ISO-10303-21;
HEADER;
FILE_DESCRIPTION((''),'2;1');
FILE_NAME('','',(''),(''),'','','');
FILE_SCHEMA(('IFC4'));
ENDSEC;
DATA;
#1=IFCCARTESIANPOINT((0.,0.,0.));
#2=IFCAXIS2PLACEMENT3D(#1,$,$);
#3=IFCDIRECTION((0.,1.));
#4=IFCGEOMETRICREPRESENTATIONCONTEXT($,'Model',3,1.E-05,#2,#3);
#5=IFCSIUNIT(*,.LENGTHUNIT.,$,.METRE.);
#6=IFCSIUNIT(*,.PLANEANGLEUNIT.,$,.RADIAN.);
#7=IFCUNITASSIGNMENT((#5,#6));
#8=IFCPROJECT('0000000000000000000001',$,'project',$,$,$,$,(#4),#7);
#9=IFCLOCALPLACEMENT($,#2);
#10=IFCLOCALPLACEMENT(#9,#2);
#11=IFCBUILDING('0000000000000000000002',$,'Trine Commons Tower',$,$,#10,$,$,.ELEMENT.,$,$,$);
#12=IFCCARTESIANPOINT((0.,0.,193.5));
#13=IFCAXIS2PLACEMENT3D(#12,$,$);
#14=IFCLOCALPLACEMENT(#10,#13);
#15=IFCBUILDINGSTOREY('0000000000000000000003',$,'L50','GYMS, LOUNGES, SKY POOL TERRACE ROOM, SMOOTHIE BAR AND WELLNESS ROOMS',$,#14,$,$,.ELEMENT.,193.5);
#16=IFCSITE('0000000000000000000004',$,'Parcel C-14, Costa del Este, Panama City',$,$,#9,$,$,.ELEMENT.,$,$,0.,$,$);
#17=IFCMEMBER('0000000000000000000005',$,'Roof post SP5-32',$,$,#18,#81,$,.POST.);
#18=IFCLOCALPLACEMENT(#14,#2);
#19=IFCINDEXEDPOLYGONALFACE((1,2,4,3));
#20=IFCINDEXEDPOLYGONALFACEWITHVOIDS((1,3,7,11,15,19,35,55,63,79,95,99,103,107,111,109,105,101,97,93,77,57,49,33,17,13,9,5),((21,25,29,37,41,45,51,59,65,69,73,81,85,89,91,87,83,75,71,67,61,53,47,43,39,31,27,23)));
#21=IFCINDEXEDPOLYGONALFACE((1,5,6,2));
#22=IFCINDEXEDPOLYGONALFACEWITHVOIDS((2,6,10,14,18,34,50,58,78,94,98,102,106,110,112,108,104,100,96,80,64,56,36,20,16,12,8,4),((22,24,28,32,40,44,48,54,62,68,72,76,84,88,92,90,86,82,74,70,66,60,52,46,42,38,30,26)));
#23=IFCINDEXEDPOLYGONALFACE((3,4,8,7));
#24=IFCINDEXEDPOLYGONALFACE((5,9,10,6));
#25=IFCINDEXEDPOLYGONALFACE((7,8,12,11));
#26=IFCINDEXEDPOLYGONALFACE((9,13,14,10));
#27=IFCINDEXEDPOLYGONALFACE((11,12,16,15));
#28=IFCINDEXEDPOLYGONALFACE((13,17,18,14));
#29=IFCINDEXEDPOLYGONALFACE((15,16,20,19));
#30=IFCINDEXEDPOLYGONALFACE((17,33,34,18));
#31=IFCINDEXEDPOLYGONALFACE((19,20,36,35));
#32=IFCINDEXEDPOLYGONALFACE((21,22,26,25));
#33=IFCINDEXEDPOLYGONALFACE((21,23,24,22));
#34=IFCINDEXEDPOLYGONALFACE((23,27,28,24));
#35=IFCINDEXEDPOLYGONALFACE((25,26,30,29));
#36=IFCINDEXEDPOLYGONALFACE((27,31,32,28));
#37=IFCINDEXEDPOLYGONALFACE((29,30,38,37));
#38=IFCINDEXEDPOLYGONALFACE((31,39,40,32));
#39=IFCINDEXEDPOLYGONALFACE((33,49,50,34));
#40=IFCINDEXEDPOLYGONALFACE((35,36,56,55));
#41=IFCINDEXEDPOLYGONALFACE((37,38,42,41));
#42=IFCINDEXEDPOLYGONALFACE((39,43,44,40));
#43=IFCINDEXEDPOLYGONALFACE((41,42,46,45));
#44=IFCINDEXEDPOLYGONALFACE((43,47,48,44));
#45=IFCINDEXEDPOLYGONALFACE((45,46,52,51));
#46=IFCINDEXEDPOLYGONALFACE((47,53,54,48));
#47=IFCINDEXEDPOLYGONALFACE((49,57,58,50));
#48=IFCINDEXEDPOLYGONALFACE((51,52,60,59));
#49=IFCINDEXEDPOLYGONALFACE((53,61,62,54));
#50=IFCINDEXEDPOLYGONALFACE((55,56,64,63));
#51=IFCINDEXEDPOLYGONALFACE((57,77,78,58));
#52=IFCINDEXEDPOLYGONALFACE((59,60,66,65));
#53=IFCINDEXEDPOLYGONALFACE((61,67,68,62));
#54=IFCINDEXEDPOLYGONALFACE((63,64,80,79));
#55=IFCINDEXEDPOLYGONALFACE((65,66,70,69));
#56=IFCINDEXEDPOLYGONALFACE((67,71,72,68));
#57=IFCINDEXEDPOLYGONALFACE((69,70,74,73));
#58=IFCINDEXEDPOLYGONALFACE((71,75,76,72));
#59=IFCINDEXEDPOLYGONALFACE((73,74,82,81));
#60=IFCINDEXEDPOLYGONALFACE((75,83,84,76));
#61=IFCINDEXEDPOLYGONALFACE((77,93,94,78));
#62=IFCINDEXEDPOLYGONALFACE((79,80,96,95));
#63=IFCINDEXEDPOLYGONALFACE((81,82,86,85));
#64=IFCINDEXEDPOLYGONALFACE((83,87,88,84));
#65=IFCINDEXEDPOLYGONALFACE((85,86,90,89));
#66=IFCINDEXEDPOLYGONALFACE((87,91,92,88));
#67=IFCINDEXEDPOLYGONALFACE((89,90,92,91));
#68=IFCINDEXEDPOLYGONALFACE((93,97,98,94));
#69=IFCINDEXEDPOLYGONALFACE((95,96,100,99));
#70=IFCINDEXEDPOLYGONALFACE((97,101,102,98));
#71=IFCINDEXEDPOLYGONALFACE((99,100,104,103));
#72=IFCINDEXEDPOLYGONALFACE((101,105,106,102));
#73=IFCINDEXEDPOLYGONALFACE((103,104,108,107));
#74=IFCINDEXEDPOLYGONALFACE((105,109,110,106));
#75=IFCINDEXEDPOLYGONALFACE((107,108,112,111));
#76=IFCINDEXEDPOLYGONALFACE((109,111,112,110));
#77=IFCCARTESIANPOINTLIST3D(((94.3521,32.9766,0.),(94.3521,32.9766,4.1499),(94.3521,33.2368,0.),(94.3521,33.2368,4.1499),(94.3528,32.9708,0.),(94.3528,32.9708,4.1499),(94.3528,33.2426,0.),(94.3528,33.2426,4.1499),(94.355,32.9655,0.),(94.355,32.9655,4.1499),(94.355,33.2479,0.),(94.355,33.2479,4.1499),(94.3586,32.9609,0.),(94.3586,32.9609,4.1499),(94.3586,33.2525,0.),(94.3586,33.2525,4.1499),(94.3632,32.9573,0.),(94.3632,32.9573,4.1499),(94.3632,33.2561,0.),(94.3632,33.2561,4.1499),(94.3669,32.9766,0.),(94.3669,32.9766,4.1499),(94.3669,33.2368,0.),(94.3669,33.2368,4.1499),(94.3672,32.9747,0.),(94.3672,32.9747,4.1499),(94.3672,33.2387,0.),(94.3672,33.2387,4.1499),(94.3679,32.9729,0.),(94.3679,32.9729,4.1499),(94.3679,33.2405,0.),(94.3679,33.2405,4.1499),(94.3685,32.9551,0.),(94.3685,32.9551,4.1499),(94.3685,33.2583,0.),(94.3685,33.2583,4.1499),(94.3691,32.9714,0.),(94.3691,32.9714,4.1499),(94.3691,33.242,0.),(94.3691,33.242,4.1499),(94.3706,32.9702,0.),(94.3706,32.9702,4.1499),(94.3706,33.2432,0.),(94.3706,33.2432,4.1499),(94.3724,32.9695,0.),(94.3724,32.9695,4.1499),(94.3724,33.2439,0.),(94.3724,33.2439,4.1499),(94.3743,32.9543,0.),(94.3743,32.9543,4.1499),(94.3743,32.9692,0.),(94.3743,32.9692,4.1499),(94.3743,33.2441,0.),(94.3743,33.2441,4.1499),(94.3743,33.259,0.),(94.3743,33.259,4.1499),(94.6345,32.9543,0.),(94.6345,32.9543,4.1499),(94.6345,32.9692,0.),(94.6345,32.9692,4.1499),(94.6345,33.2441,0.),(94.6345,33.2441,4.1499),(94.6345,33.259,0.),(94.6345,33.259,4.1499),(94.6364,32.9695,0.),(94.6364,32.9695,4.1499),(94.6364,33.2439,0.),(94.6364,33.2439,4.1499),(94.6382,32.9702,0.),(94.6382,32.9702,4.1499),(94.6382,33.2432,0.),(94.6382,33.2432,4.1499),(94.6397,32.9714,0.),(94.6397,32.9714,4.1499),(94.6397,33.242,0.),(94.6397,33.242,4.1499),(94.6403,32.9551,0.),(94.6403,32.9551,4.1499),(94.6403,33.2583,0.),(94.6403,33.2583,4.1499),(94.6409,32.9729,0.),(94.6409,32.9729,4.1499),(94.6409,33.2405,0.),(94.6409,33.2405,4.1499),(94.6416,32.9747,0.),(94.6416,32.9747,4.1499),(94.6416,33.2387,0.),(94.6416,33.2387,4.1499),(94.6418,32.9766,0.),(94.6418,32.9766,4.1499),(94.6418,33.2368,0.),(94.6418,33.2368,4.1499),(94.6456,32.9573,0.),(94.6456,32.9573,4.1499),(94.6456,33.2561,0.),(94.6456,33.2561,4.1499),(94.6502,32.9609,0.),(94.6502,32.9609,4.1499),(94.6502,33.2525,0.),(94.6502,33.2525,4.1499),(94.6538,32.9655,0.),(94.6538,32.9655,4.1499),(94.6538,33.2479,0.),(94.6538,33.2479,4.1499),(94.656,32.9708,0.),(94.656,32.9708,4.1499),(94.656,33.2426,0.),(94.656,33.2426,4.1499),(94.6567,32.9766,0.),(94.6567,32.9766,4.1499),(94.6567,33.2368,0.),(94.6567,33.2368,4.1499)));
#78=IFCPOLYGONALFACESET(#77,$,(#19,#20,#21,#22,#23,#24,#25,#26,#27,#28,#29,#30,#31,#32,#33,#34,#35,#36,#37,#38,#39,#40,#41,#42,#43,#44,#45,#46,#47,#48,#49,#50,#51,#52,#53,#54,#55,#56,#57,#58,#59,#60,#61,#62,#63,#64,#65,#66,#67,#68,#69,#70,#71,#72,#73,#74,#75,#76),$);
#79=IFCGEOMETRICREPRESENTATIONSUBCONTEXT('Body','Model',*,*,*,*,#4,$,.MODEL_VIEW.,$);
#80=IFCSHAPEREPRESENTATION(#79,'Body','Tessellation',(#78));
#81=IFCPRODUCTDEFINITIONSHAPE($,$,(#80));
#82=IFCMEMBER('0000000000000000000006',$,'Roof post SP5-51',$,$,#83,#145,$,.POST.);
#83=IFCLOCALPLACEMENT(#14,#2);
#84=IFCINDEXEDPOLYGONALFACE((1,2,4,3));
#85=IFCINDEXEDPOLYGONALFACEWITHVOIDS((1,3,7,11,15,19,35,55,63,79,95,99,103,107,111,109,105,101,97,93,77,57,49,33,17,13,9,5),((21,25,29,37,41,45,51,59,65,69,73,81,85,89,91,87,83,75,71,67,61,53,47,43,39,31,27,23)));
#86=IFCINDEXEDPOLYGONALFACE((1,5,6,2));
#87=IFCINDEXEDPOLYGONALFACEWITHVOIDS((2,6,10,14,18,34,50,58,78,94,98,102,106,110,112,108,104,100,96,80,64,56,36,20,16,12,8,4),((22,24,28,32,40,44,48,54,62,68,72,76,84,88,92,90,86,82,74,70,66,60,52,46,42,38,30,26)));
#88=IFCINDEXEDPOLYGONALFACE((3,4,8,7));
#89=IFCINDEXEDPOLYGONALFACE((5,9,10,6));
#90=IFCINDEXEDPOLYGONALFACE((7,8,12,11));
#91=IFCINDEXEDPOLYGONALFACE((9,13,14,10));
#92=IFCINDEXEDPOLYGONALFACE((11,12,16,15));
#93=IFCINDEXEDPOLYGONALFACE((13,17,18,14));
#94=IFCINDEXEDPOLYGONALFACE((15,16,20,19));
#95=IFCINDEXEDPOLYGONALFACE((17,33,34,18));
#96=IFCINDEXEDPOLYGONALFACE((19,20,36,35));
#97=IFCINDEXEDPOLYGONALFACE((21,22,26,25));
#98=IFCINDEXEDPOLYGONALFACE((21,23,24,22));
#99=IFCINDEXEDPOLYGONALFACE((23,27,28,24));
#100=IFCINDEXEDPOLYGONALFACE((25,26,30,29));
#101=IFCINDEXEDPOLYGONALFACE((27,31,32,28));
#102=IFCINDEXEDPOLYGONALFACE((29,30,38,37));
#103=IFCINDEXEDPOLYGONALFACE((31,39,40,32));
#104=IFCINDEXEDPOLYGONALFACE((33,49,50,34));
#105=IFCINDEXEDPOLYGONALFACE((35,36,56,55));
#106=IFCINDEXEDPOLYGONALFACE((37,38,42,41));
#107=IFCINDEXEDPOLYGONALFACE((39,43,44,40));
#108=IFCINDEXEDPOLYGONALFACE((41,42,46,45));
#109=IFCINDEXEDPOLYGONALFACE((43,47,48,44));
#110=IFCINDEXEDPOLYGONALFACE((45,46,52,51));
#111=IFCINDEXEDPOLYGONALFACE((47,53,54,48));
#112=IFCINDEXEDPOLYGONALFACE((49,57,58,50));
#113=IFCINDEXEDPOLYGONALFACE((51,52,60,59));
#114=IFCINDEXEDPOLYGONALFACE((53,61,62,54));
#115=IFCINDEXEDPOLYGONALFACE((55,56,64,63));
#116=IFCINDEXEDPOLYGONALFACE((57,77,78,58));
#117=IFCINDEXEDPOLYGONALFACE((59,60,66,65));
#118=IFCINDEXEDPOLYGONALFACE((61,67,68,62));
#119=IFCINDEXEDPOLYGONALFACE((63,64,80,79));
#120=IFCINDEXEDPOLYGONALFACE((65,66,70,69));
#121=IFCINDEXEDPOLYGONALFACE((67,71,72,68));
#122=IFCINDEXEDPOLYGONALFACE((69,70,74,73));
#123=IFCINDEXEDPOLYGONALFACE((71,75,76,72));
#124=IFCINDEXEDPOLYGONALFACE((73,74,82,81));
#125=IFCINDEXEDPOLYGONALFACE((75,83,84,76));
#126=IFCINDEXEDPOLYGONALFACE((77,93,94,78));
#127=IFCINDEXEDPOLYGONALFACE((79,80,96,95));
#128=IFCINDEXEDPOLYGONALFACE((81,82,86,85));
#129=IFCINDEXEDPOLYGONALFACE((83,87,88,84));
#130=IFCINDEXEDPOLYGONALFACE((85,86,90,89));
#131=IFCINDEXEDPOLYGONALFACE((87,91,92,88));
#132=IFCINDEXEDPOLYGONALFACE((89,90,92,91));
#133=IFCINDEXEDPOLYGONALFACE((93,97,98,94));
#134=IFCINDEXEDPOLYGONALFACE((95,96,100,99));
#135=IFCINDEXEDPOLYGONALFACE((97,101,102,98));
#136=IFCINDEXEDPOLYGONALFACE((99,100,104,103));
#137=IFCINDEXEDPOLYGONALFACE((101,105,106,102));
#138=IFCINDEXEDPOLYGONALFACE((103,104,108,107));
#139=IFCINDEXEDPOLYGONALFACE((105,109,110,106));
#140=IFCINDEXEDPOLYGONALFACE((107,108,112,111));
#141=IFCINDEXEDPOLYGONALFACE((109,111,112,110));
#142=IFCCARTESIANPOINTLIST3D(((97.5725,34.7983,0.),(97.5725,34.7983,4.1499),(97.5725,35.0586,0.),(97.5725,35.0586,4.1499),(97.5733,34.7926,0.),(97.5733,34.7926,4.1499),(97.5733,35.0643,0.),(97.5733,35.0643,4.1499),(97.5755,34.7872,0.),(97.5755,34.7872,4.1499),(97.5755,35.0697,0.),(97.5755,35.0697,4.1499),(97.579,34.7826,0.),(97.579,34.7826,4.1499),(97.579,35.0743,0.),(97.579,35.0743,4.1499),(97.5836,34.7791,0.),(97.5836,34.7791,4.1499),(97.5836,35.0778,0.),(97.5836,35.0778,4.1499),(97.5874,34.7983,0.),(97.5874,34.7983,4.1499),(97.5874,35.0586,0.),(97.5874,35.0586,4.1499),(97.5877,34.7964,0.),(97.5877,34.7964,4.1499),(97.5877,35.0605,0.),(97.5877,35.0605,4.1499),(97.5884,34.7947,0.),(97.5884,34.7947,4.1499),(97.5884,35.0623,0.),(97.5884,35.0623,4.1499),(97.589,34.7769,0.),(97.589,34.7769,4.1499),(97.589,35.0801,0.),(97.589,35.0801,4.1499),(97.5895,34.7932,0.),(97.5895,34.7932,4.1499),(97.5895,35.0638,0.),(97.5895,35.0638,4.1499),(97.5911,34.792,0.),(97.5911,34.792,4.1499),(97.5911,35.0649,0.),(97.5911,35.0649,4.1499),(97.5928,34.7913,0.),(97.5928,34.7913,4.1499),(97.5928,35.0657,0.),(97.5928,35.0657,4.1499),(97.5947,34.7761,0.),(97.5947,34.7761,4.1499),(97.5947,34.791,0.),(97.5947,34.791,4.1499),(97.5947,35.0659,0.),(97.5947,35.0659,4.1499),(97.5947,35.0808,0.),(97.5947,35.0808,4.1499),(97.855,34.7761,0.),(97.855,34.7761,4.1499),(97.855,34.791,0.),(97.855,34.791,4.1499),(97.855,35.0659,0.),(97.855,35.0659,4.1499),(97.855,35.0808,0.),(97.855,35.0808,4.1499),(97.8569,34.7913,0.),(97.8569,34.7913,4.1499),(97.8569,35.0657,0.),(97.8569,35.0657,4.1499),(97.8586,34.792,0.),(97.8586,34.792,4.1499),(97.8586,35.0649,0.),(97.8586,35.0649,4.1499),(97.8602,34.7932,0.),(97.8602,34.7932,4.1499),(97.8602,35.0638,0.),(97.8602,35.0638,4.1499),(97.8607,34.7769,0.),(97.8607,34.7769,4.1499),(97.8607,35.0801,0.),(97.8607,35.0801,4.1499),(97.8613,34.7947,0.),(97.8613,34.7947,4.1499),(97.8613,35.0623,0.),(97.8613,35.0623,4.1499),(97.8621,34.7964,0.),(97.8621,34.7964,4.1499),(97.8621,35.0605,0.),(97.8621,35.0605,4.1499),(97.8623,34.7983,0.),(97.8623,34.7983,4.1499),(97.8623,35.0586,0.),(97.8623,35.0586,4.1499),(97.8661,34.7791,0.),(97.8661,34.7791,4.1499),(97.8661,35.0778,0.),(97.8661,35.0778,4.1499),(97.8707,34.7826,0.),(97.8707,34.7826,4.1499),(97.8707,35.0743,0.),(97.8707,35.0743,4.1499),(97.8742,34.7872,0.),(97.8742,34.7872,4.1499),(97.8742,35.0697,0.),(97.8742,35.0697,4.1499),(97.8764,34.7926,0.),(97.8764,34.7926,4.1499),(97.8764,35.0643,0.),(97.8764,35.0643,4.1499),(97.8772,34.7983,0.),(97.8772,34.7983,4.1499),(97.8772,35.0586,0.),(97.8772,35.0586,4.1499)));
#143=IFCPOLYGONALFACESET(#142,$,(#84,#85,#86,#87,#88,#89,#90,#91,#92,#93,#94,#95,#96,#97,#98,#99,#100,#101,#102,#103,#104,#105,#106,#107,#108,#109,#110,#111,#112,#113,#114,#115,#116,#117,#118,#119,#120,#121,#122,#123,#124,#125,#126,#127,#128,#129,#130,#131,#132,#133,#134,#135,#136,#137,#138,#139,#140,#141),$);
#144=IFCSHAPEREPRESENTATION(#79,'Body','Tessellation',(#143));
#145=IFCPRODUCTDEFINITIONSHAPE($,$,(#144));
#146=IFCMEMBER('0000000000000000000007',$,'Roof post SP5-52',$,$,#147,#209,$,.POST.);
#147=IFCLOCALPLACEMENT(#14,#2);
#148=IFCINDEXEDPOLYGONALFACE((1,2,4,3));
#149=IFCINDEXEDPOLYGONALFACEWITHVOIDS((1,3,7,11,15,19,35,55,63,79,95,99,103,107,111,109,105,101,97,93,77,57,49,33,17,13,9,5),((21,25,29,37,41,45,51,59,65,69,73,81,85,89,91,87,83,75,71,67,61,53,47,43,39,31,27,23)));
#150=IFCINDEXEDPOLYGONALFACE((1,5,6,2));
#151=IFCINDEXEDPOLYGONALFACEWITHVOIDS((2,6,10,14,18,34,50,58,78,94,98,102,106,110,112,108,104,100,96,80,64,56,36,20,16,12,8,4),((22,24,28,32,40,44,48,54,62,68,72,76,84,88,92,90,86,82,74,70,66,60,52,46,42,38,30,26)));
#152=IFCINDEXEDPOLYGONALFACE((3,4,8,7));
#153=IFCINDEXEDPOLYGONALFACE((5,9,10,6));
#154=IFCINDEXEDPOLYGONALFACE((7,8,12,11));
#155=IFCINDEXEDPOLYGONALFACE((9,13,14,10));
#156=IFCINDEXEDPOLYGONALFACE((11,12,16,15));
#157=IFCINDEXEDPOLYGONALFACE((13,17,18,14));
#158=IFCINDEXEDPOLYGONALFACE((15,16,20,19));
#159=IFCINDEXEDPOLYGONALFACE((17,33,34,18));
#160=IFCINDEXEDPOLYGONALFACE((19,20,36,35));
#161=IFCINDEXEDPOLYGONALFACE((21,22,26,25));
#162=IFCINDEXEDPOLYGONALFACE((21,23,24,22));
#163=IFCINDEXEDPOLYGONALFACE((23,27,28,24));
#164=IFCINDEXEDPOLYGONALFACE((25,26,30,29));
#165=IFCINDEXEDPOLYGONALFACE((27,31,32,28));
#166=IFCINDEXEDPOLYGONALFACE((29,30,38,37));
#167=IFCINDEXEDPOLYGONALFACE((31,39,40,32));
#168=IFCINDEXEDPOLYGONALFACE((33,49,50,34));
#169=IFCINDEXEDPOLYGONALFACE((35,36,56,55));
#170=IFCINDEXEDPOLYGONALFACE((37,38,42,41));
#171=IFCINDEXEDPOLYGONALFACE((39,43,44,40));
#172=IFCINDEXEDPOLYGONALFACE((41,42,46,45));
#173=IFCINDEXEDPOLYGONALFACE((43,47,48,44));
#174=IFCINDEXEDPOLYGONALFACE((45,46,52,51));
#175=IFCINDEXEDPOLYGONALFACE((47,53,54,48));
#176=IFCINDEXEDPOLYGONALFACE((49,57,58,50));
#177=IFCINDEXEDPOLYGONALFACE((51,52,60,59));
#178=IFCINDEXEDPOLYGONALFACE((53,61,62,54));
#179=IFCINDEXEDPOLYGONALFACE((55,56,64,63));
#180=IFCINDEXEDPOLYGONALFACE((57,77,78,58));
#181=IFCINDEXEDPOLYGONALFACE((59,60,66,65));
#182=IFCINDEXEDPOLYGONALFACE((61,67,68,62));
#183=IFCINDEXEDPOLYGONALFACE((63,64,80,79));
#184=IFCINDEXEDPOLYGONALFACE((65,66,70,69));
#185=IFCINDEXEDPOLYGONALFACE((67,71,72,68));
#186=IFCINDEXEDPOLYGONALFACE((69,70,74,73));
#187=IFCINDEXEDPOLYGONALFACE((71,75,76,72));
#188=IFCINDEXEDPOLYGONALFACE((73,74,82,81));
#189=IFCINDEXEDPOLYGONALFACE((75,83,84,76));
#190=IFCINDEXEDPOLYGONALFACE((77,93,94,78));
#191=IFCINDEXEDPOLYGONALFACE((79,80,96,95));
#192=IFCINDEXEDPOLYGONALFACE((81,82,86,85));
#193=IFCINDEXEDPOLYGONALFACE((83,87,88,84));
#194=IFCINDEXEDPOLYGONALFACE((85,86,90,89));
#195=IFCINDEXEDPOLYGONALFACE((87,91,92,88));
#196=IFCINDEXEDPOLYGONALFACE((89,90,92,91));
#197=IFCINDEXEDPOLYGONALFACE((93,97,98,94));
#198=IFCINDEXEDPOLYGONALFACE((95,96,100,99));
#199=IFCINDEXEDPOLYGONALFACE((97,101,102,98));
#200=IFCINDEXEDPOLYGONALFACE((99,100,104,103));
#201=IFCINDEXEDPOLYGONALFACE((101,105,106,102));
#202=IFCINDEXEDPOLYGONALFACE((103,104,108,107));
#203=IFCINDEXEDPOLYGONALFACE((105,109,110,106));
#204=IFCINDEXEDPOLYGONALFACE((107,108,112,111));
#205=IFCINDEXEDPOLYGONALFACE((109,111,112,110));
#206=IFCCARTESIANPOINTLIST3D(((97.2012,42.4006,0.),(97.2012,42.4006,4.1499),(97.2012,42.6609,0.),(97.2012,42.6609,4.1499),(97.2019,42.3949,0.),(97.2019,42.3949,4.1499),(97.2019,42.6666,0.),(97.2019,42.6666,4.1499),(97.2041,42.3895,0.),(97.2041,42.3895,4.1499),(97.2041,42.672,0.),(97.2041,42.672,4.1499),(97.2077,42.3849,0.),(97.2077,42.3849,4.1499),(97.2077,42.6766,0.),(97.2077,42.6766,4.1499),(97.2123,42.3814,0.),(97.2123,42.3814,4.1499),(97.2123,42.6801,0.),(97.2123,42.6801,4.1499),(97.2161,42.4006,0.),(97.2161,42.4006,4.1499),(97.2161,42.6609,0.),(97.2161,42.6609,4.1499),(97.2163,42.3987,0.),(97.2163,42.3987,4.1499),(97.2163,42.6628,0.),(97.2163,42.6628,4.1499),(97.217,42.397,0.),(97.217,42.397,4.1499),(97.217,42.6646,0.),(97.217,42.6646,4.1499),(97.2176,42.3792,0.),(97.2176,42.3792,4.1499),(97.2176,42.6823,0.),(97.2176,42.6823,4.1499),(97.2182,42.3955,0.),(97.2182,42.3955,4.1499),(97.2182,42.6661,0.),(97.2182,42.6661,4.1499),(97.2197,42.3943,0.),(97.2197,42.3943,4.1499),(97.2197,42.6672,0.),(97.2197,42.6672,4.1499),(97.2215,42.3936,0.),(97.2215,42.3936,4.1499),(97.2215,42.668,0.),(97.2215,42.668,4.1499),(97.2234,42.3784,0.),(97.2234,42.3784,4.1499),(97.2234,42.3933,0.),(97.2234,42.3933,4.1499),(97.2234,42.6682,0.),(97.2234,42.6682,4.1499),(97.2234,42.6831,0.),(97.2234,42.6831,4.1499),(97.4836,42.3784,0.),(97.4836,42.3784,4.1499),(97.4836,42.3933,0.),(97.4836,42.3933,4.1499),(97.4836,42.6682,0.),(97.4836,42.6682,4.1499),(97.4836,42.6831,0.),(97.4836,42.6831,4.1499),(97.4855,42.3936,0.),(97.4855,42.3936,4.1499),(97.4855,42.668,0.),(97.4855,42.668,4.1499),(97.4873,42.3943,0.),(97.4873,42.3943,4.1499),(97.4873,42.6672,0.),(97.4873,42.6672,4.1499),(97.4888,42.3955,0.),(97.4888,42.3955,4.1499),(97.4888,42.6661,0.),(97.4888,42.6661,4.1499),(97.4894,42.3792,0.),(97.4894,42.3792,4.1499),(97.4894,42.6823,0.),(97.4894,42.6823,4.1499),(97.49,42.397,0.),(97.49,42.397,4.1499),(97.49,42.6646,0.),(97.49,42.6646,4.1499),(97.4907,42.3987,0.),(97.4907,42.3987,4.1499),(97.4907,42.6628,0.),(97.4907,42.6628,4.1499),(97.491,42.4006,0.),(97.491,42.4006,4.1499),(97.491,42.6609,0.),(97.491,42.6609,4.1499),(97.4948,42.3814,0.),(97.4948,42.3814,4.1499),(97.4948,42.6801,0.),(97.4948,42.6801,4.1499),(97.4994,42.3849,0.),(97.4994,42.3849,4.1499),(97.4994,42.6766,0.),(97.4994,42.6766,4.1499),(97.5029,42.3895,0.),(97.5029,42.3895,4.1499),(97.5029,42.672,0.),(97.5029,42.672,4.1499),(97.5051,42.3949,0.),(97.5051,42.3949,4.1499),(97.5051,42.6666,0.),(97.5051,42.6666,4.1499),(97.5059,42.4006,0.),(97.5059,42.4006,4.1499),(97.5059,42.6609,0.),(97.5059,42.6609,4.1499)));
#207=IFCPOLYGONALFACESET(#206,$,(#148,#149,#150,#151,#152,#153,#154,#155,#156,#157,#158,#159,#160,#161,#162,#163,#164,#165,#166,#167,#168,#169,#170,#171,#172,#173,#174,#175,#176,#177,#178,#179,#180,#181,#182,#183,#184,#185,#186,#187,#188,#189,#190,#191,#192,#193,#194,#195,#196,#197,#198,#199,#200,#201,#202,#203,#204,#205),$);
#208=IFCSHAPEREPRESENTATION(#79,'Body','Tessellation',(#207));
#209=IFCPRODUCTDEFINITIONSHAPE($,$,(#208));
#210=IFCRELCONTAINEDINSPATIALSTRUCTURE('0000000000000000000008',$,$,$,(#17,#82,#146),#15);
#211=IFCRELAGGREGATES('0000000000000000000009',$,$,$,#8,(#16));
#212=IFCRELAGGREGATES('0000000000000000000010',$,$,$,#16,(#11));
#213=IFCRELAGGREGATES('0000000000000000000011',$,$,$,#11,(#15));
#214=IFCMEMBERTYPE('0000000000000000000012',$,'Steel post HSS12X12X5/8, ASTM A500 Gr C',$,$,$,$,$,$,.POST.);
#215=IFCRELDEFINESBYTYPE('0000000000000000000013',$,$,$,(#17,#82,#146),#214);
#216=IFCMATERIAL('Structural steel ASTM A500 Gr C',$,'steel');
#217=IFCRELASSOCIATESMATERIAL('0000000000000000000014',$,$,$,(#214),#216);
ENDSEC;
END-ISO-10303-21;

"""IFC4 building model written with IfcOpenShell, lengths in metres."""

from ifc_helpers import new_model, si_unit, direction, frame, origin, origin_2d, place, context, subcontext, project, spatial, hollow_rectangle, extrude, material, material_profile, profile_set, type_object, element, save


model = new_model("IFC4")

# Units and contexts
model_context = context("Model", 3, precision=1e-05, world=origin(), true_north=direction((0.0, 1.0)))
body_context = subcontext(model_context, "Body", "Model", "MODEL_VIEW")
ifc_project = project(units=[si_unit("LENGTHUNIT", "METRE"), si_unit("PLANEANGLEUNIT", "RADIAN")], contexts=[model_context])

# Site, building, storey
site_placement = place(None, origin())
site = spatial("IfcSite", under=ifc_project, at=site_placement, Name="Parcel C-14, Costa del Este, Panama City", CompositionType="ELEMENT", RefElevation=0.0)
building_placement = place(site_placement, origin())
building = spatial("IfcBuilding", under=site, at=building_placement, Name="Trine Commons Tower", CompositionType="ELEMENT")
storey_placement = place(building_placement, frame((0.0, 0.0, 193.5)))
storey = spatial("IfcBuildingStorey", under=building, at=storey_placement, Name="L50", Description="GYMS, LOUNGES, SKY POOL TERRACE ROOM, SMOOTHIE BAR AND WELLNESS ROOMS", CompositionType="ELEMENT", Elevation=193.5)

# Members
ifc_material_1 = material(Name="Structural steel ASTM A500 Gr C", Category="steel")
ifc_material_profile_1 = material_profile(ifc_material_1, hollow_rectangle(XDim=0.3047, YDim=0.3047, WallThickness=0.0149, InnerFilletRadius=0.0073, OuterFilletRadius=0.0222, at=origin_2d()), Name="HSS12X12X5/8")
ifc_profile_set_1 = profile_set([ifc_material_profile_1], Name="Structural steel ASTM A500 Gr C")
member_type_1 = type_object("IfcMemberType", Name="Steel post HSS12X12X5/8, ASTM A500 Gr C", PredefinedType="POST", material=ifc_profile_set_1)
for number, where, z_axis, x_axis, name in (
    (1, (94.5044, 33.1067, 0.0), (0.0, 0.0, 1.0), (1.0, 0.0, 0.0), "Roof post SP5-32"),
    (2, (97.7249, 34.9285, 0.0), (0.0, 0.0, 1.0), (1.0, 0.0, 0.0), "Roof post SP5-51"),
    (3, (97.3535, 42.5308, 0.0), (0.0, 0.0, 1.0), (1.0, 0.0, 0.0), "Roof post SP5-52"),
):
    element("IfcMember", number, at=place(storey_placement, frame(where, z_axis=z_axis, x_axis=x_axis)), inside=storey, type_object=member_type_1, Name=name, PredefinedType="POST", context=body_context, shape_type="SweptSolid", body=[
        extrude(hollow_rectangle(XDim=0.3047, YDim=0.3047, WallThickness=0.0149, InnerFilletRadius=0.0073, OuterFilletRadius=0.0222, at=origin_2d()), origin(), (0.0, 0.0, 1.0), 4.1499),
    ])

save(model, "model.ifc")
